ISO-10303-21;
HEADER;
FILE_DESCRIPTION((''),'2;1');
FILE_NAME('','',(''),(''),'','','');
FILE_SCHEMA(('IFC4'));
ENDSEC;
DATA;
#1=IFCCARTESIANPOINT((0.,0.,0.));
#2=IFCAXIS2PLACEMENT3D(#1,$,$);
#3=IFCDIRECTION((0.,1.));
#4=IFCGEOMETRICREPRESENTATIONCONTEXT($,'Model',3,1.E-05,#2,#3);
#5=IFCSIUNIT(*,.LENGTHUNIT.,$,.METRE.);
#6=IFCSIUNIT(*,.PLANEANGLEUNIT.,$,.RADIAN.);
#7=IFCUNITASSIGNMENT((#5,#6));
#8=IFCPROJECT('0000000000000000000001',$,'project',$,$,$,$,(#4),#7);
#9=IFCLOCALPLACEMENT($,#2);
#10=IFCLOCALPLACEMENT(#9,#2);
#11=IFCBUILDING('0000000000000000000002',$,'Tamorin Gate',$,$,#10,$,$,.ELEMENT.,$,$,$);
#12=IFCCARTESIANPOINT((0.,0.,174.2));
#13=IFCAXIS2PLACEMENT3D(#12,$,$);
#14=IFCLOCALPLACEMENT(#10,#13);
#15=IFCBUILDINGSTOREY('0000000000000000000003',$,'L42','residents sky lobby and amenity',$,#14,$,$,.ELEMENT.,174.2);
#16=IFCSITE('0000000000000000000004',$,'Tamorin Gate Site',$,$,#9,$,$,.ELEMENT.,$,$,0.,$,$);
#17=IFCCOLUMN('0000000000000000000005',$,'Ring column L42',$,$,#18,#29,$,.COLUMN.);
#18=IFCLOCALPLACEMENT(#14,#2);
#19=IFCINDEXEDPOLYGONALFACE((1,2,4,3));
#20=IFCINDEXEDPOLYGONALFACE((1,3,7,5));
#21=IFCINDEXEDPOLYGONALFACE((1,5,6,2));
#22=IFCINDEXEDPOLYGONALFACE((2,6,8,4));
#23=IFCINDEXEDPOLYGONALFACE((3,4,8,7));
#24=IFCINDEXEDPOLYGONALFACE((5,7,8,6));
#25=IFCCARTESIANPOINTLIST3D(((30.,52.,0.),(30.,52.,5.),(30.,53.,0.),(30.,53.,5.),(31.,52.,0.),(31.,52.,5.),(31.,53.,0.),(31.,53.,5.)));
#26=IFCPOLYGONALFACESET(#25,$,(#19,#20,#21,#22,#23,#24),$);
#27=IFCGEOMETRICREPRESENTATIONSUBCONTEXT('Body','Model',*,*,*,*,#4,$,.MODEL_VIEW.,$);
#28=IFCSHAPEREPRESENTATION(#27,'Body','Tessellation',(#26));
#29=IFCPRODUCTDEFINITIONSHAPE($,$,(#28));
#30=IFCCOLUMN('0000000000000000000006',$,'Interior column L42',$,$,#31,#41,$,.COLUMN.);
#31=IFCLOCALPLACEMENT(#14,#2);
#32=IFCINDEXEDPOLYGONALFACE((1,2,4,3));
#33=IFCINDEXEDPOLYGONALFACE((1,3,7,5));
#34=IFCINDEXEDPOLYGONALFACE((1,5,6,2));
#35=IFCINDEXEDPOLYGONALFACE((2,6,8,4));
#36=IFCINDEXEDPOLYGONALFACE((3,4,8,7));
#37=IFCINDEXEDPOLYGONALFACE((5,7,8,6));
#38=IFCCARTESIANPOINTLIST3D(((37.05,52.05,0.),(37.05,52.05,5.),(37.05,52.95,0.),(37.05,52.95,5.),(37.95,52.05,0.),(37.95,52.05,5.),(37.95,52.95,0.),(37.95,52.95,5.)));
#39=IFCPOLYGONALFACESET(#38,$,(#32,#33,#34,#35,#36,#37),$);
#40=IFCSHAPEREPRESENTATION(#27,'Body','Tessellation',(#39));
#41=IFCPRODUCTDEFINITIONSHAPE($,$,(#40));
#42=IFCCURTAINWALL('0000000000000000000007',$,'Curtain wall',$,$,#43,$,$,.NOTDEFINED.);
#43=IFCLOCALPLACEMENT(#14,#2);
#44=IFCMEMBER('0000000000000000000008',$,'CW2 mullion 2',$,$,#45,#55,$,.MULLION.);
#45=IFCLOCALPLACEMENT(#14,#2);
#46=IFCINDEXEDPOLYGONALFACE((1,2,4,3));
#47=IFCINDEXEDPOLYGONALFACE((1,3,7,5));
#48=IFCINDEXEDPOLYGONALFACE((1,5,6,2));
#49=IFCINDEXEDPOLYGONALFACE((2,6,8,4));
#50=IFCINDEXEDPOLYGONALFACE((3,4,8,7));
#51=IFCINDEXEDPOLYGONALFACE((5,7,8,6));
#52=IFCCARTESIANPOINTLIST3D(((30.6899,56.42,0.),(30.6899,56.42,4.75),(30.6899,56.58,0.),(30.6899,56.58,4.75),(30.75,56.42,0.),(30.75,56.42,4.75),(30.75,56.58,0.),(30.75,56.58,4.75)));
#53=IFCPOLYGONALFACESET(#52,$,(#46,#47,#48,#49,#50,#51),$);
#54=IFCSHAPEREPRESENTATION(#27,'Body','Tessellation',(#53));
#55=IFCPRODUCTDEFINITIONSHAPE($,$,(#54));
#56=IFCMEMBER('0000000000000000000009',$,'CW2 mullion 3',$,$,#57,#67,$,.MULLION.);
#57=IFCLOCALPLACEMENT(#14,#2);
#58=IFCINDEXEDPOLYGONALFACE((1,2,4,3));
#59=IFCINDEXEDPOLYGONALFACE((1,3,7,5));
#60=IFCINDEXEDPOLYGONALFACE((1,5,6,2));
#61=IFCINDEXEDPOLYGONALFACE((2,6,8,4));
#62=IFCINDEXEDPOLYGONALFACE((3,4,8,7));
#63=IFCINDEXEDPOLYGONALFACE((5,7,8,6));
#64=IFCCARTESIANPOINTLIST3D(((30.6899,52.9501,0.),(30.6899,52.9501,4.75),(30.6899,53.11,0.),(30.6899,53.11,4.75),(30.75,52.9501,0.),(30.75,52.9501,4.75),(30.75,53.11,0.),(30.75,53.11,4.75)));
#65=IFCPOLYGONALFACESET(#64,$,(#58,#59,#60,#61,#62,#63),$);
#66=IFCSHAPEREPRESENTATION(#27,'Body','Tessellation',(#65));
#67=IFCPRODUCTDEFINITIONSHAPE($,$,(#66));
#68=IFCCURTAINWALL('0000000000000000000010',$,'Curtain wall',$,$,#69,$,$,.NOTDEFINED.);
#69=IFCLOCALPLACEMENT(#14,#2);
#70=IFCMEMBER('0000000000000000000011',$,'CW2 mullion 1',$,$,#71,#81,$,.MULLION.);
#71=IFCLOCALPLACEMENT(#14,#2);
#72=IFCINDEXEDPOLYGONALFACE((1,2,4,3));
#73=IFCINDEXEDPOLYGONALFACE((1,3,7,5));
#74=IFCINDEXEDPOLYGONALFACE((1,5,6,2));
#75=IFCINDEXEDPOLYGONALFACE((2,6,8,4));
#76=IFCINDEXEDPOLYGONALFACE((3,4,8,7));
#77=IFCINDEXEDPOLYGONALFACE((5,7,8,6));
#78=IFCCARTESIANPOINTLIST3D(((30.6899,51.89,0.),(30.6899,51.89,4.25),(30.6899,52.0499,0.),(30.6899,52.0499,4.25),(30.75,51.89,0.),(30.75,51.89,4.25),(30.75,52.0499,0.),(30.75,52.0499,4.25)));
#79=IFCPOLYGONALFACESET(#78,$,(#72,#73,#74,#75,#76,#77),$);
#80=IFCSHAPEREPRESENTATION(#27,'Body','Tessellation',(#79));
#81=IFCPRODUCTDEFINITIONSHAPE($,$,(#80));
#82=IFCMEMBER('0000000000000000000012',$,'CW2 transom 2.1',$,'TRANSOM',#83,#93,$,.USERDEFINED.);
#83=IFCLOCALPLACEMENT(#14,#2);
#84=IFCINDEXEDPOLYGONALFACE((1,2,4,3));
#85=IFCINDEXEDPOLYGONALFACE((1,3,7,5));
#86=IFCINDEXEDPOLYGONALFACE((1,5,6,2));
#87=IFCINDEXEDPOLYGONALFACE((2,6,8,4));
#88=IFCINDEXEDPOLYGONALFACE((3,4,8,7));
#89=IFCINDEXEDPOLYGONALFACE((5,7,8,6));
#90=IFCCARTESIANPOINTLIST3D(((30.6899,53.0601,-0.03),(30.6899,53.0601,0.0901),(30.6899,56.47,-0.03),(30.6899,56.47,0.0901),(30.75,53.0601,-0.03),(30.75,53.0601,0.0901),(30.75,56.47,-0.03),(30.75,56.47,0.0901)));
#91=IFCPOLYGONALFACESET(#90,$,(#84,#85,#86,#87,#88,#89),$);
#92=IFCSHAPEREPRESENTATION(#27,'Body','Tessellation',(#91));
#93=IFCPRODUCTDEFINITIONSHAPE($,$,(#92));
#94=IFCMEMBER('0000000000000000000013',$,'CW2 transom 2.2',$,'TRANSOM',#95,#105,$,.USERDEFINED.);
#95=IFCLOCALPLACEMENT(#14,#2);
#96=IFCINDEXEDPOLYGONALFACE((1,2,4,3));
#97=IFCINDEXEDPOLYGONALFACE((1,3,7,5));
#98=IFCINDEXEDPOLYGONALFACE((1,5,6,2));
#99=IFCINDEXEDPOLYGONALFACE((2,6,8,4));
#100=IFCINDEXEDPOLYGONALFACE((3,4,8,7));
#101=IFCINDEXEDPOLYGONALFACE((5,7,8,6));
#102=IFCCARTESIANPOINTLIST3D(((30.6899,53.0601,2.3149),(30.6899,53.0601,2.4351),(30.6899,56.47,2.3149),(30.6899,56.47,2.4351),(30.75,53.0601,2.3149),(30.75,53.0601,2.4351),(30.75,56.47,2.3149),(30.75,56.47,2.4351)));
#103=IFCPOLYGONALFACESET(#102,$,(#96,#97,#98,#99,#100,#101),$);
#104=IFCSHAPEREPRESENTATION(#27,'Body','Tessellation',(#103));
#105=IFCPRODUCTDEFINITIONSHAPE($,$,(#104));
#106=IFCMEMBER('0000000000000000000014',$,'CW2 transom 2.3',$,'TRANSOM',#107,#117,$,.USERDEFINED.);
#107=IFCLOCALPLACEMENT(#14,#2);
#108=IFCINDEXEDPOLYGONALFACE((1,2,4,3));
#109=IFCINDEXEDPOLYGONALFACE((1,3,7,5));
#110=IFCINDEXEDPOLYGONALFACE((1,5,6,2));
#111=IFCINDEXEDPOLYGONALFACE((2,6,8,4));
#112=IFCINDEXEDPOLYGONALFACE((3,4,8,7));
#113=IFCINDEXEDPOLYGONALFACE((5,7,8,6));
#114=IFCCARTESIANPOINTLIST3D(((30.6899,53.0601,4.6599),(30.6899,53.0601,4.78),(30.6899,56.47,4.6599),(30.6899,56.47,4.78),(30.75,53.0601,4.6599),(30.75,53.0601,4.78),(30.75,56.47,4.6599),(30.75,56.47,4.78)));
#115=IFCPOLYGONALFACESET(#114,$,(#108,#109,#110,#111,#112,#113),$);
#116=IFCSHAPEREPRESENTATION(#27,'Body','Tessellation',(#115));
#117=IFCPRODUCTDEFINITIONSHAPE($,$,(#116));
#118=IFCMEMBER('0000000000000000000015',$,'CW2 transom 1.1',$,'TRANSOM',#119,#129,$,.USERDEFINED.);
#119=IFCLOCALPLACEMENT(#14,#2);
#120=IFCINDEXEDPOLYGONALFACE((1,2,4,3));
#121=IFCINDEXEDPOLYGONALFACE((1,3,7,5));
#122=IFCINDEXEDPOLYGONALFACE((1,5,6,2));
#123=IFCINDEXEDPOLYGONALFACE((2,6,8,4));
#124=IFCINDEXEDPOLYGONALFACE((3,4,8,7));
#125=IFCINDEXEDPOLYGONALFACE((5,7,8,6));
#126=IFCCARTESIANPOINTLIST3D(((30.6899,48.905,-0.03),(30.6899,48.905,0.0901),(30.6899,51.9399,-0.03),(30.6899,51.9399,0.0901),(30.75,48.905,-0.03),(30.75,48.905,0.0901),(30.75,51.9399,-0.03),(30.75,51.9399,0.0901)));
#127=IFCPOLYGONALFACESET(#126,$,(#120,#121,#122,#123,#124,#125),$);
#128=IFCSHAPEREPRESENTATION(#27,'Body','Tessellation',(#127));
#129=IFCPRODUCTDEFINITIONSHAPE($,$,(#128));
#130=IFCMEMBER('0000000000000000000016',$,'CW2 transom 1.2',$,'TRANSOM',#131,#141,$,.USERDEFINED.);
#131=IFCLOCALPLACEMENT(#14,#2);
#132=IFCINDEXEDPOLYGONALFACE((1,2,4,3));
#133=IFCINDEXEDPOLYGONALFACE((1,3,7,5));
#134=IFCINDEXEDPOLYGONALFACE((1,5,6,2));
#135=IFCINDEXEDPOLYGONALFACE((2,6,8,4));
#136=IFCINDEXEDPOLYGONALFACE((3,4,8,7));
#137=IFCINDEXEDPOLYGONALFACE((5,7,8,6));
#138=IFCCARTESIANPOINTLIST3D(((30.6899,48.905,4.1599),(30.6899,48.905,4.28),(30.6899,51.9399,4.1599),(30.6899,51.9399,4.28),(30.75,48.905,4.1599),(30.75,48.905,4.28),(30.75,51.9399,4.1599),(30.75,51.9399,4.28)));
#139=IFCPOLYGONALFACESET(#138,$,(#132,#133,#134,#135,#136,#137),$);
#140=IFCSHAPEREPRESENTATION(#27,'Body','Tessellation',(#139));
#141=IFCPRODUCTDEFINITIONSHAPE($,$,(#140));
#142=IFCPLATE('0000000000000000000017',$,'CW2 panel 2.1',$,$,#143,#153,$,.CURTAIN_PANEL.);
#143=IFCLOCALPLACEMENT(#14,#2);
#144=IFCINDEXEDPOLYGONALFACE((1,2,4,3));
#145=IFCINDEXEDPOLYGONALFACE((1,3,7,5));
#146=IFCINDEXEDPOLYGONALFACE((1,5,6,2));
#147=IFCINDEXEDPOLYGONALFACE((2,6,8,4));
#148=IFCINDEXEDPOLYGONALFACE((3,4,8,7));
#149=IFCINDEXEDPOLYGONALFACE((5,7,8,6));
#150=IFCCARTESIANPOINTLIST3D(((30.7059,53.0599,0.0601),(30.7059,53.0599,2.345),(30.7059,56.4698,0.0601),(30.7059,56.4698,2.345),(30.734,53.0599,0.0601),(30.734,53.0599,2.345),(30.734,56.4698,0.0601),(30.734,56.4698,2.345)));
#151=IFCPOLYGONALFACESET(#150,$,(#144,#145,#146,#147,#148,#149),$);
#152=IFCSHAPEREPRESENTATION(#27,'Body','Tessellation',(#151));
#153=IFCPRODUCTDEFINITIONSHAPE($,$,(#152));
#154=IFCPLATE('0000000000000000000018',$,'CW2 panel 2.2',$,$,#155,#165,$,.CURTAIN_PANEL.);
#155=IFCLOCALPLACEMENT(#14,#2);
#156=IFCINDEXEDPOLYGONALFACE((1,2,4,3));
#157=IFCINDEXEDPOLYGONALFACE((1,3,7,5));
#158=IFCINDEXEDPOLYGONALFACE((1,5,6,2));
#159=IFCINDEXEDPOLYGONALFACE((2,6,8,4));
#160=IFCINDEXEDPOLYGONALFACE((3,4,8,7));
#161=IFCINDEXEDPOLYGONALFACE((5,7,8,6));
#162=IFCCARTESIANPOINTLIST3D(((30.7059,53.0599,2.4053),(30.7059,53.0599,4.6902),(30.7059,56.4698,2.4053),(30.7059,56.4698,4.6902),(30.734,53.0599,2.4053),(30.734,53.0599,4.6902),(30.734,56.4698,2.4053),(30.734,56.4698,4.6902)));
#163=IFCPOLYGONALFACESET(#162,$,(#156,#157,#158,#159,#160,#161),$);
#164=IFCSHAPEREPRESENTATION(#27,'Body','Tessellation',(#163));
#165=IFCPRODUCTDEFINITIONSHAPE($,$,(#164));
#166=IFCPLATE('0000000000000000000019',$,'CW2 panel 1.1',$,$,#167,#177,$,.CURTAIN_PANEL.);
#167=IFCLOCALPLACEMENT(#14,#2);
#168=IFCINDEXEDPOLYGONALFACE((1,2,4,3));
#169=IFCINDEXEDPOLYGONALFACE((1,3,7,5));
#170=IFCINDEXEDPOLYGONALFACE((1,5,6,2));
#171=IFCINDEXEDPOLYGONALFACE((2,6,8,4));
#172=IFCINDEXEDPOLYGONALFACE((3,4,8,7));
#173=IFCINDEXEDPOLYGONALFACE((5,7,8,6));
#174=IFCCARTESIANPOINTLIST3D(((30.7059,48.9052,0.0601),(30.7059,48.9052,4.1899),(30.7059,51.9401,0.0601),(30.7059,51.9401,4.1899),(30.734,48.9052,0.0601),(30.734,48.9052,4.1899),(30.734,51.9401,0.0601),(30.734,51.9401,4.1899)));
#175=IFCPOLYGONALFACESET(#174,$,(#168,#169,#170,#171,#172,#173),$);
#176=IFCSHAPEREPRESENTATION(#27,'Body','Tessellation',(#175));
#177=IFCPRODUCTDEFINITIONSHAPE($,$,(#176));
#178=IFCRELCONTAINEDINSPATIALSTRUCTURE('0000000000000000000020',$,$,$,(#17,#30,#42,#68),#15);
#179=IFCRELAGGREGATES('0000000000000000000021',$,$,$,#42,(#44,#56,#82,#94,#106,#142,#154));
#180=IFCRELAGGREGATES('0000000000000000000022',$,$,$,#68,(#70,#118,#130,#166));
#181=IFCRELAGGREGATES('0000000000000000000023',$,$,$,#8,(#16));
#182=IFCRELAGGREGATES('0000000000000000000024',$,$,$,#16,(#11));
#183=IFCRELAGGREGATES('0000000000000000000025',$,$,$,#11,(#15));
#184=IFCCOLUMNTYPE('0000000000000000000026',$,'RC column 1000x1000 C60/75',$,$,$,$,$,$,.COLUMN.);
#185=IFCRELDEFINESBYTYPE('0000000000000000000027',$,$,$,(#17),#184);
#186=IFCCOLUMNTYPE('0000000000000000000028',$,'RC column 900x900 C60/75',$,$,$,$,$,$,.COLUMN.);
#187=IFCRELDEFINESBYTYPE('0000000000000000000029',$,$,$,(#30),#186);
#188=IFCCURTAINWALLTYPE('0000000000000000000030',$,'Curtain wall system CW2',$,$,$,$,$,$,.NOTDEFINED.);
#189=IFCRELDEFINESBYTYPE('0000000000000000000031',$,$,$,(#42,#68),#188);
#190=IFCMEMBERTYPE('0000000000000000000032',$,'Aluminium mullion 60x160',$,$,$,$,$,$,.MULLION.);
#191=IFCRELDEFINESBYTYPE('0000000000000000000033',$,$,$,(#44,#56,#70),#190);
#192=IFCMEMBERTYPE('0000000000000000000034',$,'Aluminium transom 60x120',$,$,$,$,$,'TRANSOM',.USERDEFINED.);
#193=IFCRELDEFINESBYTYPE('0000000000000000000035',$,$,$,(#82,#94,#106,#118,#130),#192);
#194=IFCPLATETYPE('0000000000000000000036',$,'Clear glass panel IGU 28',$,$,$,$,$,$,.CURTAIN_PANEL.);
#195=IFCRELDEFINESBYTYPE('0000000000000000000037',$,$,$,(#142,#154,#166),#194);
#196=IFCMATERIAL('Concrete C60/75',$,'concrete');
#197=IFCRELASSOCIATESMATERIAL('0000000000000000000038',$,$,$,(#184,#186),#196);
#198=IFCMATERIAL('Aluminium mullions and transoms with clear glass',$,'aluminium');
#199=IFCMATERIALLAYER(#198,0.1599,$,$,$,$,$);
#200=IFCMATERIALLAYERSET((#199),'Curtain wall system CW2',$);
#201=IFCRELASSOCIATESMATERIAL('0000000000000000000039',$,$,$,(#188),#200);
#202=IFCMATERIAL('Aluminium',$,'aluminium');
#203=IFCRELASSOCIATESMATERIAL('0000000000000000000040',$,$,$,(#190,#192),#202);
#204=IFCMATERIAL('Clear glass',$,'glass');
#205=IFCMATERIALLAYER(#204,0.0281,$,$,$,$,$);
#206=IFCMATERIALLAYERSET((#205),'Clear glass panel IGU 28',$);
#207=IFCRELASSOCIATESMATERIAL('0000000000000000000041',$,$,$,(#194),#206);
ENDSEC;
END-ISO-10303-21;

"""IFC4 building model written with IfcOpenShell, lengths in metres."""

from ifc_helpers import new_model, si_unit, direction, frame, origin, origin_2d, place, context, subcontext, project, spatial, rectangle, extrude, material, layer, layer_set, material_profile, profile_set, type_object, element, aggregate, save


model = new_model("IFC4")

# Units and contexts
model_context = context("Model", 3, precision=1e-05, world=origin(), true_north=direction((0.0, 1.0)))
body_context = subcontext(model_context, "Body", "Model", "MODEL_VIEW")
ifc_project = project(units=[si_unit("LENGTHUNIT", "METRE"), si_unit("PLANEANGLEUNIT", "RADIAN")], contexts=[model_context])

# Site, building, storey
site_placement = place(None, origin())
site = spatial("IfcSite", under=ifc_project, at=site_placement, Name="Tamorin Gate Site", CompositionType="ELEMENT", RefElevation=0.0)
building_placement = place(site_placement, origin())
building = spatial("IfcBuilding", under=site, at=building_placement, Name="Tamorin Gate", CompositionType="ELEMENT")
storey_placement = place(building_placement, frame((0.0, 0.0, 174.2)))
storey = spatial("IfcBuildingStorey", under=building, at=storey_placement, Name="L42", Description="residents sky lobby and amenity", CompositionType="ELEMENT", Elevation=174.2)

# Columns
ifc_material_1 = material(Name="Concrete C60/75", Category="concrete")
ifc_material_profile_1 = material_profile(ifc_material_1, rectangle(XDim=1.0, YDim=1.0, at=origin_2d()), Name="RC 1000x1000")
ifc_profile_set_1 = profile_set([ifc_material_profile_1], Name="Concrete C60/75")
column_type_1 = type_object("IfcColumnType", Name="RC column 1000x1000 C60/75", PredefinedType="COLUMN", material=ifc_profile_set_1)
column_1_placement = place(storey_placement, frame((30.5, 52.5, 0.0), z_axis=(0.0, 0.0, 1.0), x_axis=(1.0, 0.0, 0.0)))
element("IfcColumn", 1, at=column_1_placement, inside=storey, type_object=column_type_1, Name="Ring column L42", PredefinedType="COLUMN", context=body_context, shape_type="SweptSolid", body=[
    extrude(rectangle(XDim=1.0, YDim=1.0, at=origin_2d()), origin(), (0.0, 0.0, 1.0), 5.0),
])
ifc_material_profile_2 = material_profile(ifc_material_1, rectangle(XDim=0.8999, YDim=0.8999, at=origin_2d()), Name="RC 900x900")
ifc_profile_set_2 = profile_set([ifc_material_profile_2], Name="Concrete C60/75")
column_type_2 = type_object("IfcColumnType", Name="RC column 900x900 C60/75", PredefinedType="COLUMN", material=ifc_profile_set_2)
column_2_placement = place(storey_placement, frame((37.5, 52.5, 0.0), z_axis=(0.0, 0.0, 1.0), x_axis=(1.0, 0.0, 0.0)))
element("IfcColumn", 2, at=column_2_placement, inside=storey, type_object=column_type_2, Name="Interior column L42", PredefinedType="COLUMN", context=body_context, shape_type="SweptSolid", body=[
    extrude(rectangle(XDim=0.8999, YDim=0.8999, at=origin_2d()), origin(), (0.0, 0.0, 1.0), 5.0),
])

# Curtain wall, members
ifc_material_2 = material(Name="Aluminium mullions and transoms with clear glass", Category="aluminium")
ifc_layer_1 = layer(ifc_material_2, 0.1599)
ifc_layer_set_1 = layer_set([ifc_layer_1], Name="Curtain wall system CW2")
curtain_wall_type = type_object("IfcCurtainWallType", Name="Curtain wall system CW2", PredefinedType="NOTDEFINED", material=ifc_layer_set_1)
curtain_wall_1_placement = place(storey_placement, origin())
curtain_wall_1 = element("IfcCurtainWall", 3, at=curtain_wall_1_placement, inside=storey, type_object=curtain_wall_type, Name="Curtain wall", PredefinedType="NOTDEFINED")
ifc_material_3 = material(Name="Aluminium", Category="aluminium")
ifc_material_profile_3 = material_profile(ifc_material_3, rectangle(XDim=0.0601, YDim=0.1599, at=origin_2d()), Name="RECT 60x160")
ifc_profile_set_3 = profile_set([ifc_material_profile_3], Name="Aluminium")
member_type_1 = type_object("IfcMemberType", Name="Aluminium mullion 60x160", PredefinedType="MULLION", material=ifc_profile_set_3)
member_1_placement = place(storey_placement, frame((30.72, 56.5, 0.0), z_axis=(0.0, 0.0, 1.0), x_axis=(1.0, 0.0, 0.0)))
member_1 = element("IfcMember", 4, at=member_1_placement, type_object=member_type_1, Name="CW2 mullion 2", PredefinedType="MULLION", context=body_context, shape_type="SweptSolid", body=[
    extrude(rectangle(XDim=0.0601, YDim=0.1599, at=origin_2d()), origin(), (0.0, 0.0, 1.0), 4.75),
])
member_2_placement = place(storey_placement, frame((30.72, 53.03, 0.0), z_axis=(0.0, 0.0, 1.0), x_axis=(1.0, 0.0, 0.0)))
member_2 = element("IfcMember", 5, at=member_2_placement, type_object=member_type_1, Name="CW2 mullion 3", PredefinedType="MULLION", context=body_context, shape_type="SweptSolid", body=[
    extrude(rectangle(XDim=0.0601, YDim=0.1599, at=origin_2d()), origin(), (0.0, 0.0, 1.0), 4.75),
])

# Curtain wall, member
curtain_wall_2_placement = place(storey_placement, origin())
curtain_wall_2 = element("IfcCurtainWall", 6, at=curtain_wall_2_placement, inside=storey, type_object=curtain_wall_type, Name="Curtain wall", PredefinedType="NOTDEFINED")
member_3_placement = place(storey_placement, frame((30.72, 51.97, 0.0), z_axis=(0.0, 0.0, 1.0), x_axis=(1.0, 0.0, 0.0)))
member_3 = element("IfcMember", 7, at=member_3_placement, type_object=member_type_1, Name="CW2 mullion 1", PredefinedType="MULLION", context=body_context, shape_type="SweptSolid", body=[
    extrude(rectangle(XDim=0.0601, YDim=0.1599, at=origin_2d()), origin(), (0.0, 0.0, 1.0), 4.25),
])

# Members
ifc_material_profile_4 = material_profile(ifc_material_3, rectangle(XDim=0.0601, YDim=0.1201, at=origin_2d()), Name="RECT 60x120")
ifc_profile_set_4 = profile_set([ifc_material_profile_4], Name="Aluminium")
member_type_2 = type_object("IfcMemberType", Name="Aluminium transom 60x120", ElementType="TRANSOM", PredefinedType="USERDEFINED", material=ifc_profile_set_4)
member_4_placement = place(storey_placement, frame((30.72, 56.47, 0.03), z_axis=(0.0, -1.0, 0.0), x_axis=(1.0, 0.0, 0.0)))
member_4 = element("IfcMember", 8, at=member_4_placement, type_object=member_type_2, Name="CW2 transom 2.1", ObjectType="TRANSOM", PredefinedType="USERDEFINED", context=body_context, shape_type="SweptSolid", body=[
    extrude(rectangle(XDim=0.0601, YDim=0.1201, at=origin_2d()), origin(), (0.0, 0.0, 1.0), 3.4099),
])
member_5_placement = place(storey_placement, frame((30.72, 56.47, 2.375), z_axis=(0.0, -1.0, 0.0), x_axis=(1.0, 0.0, 0.0)))
member_5 = element("IfcMember", 9, at=member_5_placement, type_object=member_type_2, Name="CW2 transom 2.2", ObjectType="TRANSOM", PredefinedType="USERDEFINED", context=body_context, shape_type="SweptSolid", body=[
    extrude(rectangle(XDim=0.0601, YDim=0.1201, at=origin_2d()), origin(), (0.0, 0.0, 1.0), 3.4099),
])
member_6_placement = place(storey_placement, frame((30.72, 56.47, 4.72), z_axis=(0.0, -1.0, 0.0), x_axis=(1.0, 0.0, 0.0)))
member_6 = element("IfcMember", 10, at=member_6_placement, type_object=member_type_2, Name="CW2 transom 2.3", ObjectType="TRANSOM", PredefinedType="USERDEFINED", context=body_context, shape_type="SweptSolid", body=[
    extrude(rectangle(XDim=0.0601, YDim=0.1201, at=origin_2d()), origin(), (0.0, 0.0, 1.0), 3.4099),
])
member_7_placement = place(storey_placement, frame((30.72, 51.9399, 0.03), z_axis=(0.0, -1.0, 0.0), x_axis=(1.0, 0.0, 0.0)))
member_7 = element("IfcMember", 11, at=member_7_placement, type_object=member_type_2, Name="CW2 transom 1.1", ObjectType="TRANSOM", PredefinedType="USERDEFINED", context=body_context, shape_type="SweptSolid", body=[
    extrude(rectangle(XDim=0.0601, YDim=0.1201, at=origin_2d()), origin(), (0.0, 0.0, 1.0), 3.0349),
])
member_8_placement = place(storey_placement, frame((30.72, 51.9399, 4.22), z_axis=(0.0, -1.0, 0.0), x_axis=(1.0, 0.0, 0.0)))
member_8 = element("IfcMember", 12, at=member_8_placement, type_object=member_type_2, Name="CW2 transom 1.2", ObjectType="TRANSOM", PredefinedType="USERDEFINED", context=body_context, shape_type="SweptSolid", body=[
    extrude(rectangle(XDim=0.0601, YDim=0.1201, at=origin_2d()), origin(), (0.0, 0.0, 1.0), 3.0349),
])

# Plates
ifc_material_4 = material(Name="Clear glass", Category="glass")
ifc_layer_2 = layer(ifc_material_4, 0.0281)
ifc_layer_set_2 = layer_set([ifc_layer_2], Name="Clear glass panel IGU 28")
plate_type = type_object("IfcPlateType", Name="Clear glass panel IGU 28", PredefinedType="CURTAIN_PANEL", material=ifc_layer_set_2)
plate_1_placement = place(storey_placement, frame((30.72, 54.7649, 0.0601), z_axis=(0.0, 0.0, 1.0), x_axis=(0.0, -1.0, 0.0)))
plate_1 = element("IfcPlate", 13, at=plate_1_placement, type_object=plate_type, Name="CW2 panel 2.1", PredefinedType="CURTAIN_PANEL", context=body_context, shape_type="SweptSolid", body=[
    extrude(rectangle(XDim=3.4099, YDim=0.0281, at=origin_2d()), origin(), (0.0, 0.0, 1.0), 2.2849),
])
plate_2_placement = place(storey_placement, frame((30.72, 54.7649, 2.4053), z_axis=(0.0, 0.0, 1.0), x_axis=(0.0, -1.0, 0.0)))
plate_2 = element("IfcPlate", 14, at=plate_2_placement, type_object=plate_type, Name="CW2 panel 2.2", PredefinedType="CURTAIN_PANEL", context=body_context, shape_type="SweptSolid", body=[
    extrude(rectangle(XDim=3.4099, YDim=0.0281, at=origin_2d()), origin(), (0.0, 0.0, 1.0), 2.2849),
])
aggregate(curtain_wall_1, [member_1, member_2, member_4, member_5, member_6, plate_1, plate_2])
plate_3_placement = place(storey_placement, frame((30.72, 50.4226, 0.0601), z_axis=(0.0, 0.0, 1.0), x_axis=(0.0, -1.0, 0.0)))
plate_3 = element("IfcPlate", 15, at=plate_3_placement, type_object=plate_type, Name="CW2 panel 1.1", PredefinedType="CURTAIN_PANEL", context=body_context, shape_type="SweptSolid", body=[
    extrude(rectangle(XDim=3.0349, YDim=0.0281, at=origin_2d()), origin(), (0.0, 0.0, 1.0), 4.1299),
])
aggregate(curtain_wall_2, [member_3, member_7, member_8, plate_3])

save(model, "model.ifc")
